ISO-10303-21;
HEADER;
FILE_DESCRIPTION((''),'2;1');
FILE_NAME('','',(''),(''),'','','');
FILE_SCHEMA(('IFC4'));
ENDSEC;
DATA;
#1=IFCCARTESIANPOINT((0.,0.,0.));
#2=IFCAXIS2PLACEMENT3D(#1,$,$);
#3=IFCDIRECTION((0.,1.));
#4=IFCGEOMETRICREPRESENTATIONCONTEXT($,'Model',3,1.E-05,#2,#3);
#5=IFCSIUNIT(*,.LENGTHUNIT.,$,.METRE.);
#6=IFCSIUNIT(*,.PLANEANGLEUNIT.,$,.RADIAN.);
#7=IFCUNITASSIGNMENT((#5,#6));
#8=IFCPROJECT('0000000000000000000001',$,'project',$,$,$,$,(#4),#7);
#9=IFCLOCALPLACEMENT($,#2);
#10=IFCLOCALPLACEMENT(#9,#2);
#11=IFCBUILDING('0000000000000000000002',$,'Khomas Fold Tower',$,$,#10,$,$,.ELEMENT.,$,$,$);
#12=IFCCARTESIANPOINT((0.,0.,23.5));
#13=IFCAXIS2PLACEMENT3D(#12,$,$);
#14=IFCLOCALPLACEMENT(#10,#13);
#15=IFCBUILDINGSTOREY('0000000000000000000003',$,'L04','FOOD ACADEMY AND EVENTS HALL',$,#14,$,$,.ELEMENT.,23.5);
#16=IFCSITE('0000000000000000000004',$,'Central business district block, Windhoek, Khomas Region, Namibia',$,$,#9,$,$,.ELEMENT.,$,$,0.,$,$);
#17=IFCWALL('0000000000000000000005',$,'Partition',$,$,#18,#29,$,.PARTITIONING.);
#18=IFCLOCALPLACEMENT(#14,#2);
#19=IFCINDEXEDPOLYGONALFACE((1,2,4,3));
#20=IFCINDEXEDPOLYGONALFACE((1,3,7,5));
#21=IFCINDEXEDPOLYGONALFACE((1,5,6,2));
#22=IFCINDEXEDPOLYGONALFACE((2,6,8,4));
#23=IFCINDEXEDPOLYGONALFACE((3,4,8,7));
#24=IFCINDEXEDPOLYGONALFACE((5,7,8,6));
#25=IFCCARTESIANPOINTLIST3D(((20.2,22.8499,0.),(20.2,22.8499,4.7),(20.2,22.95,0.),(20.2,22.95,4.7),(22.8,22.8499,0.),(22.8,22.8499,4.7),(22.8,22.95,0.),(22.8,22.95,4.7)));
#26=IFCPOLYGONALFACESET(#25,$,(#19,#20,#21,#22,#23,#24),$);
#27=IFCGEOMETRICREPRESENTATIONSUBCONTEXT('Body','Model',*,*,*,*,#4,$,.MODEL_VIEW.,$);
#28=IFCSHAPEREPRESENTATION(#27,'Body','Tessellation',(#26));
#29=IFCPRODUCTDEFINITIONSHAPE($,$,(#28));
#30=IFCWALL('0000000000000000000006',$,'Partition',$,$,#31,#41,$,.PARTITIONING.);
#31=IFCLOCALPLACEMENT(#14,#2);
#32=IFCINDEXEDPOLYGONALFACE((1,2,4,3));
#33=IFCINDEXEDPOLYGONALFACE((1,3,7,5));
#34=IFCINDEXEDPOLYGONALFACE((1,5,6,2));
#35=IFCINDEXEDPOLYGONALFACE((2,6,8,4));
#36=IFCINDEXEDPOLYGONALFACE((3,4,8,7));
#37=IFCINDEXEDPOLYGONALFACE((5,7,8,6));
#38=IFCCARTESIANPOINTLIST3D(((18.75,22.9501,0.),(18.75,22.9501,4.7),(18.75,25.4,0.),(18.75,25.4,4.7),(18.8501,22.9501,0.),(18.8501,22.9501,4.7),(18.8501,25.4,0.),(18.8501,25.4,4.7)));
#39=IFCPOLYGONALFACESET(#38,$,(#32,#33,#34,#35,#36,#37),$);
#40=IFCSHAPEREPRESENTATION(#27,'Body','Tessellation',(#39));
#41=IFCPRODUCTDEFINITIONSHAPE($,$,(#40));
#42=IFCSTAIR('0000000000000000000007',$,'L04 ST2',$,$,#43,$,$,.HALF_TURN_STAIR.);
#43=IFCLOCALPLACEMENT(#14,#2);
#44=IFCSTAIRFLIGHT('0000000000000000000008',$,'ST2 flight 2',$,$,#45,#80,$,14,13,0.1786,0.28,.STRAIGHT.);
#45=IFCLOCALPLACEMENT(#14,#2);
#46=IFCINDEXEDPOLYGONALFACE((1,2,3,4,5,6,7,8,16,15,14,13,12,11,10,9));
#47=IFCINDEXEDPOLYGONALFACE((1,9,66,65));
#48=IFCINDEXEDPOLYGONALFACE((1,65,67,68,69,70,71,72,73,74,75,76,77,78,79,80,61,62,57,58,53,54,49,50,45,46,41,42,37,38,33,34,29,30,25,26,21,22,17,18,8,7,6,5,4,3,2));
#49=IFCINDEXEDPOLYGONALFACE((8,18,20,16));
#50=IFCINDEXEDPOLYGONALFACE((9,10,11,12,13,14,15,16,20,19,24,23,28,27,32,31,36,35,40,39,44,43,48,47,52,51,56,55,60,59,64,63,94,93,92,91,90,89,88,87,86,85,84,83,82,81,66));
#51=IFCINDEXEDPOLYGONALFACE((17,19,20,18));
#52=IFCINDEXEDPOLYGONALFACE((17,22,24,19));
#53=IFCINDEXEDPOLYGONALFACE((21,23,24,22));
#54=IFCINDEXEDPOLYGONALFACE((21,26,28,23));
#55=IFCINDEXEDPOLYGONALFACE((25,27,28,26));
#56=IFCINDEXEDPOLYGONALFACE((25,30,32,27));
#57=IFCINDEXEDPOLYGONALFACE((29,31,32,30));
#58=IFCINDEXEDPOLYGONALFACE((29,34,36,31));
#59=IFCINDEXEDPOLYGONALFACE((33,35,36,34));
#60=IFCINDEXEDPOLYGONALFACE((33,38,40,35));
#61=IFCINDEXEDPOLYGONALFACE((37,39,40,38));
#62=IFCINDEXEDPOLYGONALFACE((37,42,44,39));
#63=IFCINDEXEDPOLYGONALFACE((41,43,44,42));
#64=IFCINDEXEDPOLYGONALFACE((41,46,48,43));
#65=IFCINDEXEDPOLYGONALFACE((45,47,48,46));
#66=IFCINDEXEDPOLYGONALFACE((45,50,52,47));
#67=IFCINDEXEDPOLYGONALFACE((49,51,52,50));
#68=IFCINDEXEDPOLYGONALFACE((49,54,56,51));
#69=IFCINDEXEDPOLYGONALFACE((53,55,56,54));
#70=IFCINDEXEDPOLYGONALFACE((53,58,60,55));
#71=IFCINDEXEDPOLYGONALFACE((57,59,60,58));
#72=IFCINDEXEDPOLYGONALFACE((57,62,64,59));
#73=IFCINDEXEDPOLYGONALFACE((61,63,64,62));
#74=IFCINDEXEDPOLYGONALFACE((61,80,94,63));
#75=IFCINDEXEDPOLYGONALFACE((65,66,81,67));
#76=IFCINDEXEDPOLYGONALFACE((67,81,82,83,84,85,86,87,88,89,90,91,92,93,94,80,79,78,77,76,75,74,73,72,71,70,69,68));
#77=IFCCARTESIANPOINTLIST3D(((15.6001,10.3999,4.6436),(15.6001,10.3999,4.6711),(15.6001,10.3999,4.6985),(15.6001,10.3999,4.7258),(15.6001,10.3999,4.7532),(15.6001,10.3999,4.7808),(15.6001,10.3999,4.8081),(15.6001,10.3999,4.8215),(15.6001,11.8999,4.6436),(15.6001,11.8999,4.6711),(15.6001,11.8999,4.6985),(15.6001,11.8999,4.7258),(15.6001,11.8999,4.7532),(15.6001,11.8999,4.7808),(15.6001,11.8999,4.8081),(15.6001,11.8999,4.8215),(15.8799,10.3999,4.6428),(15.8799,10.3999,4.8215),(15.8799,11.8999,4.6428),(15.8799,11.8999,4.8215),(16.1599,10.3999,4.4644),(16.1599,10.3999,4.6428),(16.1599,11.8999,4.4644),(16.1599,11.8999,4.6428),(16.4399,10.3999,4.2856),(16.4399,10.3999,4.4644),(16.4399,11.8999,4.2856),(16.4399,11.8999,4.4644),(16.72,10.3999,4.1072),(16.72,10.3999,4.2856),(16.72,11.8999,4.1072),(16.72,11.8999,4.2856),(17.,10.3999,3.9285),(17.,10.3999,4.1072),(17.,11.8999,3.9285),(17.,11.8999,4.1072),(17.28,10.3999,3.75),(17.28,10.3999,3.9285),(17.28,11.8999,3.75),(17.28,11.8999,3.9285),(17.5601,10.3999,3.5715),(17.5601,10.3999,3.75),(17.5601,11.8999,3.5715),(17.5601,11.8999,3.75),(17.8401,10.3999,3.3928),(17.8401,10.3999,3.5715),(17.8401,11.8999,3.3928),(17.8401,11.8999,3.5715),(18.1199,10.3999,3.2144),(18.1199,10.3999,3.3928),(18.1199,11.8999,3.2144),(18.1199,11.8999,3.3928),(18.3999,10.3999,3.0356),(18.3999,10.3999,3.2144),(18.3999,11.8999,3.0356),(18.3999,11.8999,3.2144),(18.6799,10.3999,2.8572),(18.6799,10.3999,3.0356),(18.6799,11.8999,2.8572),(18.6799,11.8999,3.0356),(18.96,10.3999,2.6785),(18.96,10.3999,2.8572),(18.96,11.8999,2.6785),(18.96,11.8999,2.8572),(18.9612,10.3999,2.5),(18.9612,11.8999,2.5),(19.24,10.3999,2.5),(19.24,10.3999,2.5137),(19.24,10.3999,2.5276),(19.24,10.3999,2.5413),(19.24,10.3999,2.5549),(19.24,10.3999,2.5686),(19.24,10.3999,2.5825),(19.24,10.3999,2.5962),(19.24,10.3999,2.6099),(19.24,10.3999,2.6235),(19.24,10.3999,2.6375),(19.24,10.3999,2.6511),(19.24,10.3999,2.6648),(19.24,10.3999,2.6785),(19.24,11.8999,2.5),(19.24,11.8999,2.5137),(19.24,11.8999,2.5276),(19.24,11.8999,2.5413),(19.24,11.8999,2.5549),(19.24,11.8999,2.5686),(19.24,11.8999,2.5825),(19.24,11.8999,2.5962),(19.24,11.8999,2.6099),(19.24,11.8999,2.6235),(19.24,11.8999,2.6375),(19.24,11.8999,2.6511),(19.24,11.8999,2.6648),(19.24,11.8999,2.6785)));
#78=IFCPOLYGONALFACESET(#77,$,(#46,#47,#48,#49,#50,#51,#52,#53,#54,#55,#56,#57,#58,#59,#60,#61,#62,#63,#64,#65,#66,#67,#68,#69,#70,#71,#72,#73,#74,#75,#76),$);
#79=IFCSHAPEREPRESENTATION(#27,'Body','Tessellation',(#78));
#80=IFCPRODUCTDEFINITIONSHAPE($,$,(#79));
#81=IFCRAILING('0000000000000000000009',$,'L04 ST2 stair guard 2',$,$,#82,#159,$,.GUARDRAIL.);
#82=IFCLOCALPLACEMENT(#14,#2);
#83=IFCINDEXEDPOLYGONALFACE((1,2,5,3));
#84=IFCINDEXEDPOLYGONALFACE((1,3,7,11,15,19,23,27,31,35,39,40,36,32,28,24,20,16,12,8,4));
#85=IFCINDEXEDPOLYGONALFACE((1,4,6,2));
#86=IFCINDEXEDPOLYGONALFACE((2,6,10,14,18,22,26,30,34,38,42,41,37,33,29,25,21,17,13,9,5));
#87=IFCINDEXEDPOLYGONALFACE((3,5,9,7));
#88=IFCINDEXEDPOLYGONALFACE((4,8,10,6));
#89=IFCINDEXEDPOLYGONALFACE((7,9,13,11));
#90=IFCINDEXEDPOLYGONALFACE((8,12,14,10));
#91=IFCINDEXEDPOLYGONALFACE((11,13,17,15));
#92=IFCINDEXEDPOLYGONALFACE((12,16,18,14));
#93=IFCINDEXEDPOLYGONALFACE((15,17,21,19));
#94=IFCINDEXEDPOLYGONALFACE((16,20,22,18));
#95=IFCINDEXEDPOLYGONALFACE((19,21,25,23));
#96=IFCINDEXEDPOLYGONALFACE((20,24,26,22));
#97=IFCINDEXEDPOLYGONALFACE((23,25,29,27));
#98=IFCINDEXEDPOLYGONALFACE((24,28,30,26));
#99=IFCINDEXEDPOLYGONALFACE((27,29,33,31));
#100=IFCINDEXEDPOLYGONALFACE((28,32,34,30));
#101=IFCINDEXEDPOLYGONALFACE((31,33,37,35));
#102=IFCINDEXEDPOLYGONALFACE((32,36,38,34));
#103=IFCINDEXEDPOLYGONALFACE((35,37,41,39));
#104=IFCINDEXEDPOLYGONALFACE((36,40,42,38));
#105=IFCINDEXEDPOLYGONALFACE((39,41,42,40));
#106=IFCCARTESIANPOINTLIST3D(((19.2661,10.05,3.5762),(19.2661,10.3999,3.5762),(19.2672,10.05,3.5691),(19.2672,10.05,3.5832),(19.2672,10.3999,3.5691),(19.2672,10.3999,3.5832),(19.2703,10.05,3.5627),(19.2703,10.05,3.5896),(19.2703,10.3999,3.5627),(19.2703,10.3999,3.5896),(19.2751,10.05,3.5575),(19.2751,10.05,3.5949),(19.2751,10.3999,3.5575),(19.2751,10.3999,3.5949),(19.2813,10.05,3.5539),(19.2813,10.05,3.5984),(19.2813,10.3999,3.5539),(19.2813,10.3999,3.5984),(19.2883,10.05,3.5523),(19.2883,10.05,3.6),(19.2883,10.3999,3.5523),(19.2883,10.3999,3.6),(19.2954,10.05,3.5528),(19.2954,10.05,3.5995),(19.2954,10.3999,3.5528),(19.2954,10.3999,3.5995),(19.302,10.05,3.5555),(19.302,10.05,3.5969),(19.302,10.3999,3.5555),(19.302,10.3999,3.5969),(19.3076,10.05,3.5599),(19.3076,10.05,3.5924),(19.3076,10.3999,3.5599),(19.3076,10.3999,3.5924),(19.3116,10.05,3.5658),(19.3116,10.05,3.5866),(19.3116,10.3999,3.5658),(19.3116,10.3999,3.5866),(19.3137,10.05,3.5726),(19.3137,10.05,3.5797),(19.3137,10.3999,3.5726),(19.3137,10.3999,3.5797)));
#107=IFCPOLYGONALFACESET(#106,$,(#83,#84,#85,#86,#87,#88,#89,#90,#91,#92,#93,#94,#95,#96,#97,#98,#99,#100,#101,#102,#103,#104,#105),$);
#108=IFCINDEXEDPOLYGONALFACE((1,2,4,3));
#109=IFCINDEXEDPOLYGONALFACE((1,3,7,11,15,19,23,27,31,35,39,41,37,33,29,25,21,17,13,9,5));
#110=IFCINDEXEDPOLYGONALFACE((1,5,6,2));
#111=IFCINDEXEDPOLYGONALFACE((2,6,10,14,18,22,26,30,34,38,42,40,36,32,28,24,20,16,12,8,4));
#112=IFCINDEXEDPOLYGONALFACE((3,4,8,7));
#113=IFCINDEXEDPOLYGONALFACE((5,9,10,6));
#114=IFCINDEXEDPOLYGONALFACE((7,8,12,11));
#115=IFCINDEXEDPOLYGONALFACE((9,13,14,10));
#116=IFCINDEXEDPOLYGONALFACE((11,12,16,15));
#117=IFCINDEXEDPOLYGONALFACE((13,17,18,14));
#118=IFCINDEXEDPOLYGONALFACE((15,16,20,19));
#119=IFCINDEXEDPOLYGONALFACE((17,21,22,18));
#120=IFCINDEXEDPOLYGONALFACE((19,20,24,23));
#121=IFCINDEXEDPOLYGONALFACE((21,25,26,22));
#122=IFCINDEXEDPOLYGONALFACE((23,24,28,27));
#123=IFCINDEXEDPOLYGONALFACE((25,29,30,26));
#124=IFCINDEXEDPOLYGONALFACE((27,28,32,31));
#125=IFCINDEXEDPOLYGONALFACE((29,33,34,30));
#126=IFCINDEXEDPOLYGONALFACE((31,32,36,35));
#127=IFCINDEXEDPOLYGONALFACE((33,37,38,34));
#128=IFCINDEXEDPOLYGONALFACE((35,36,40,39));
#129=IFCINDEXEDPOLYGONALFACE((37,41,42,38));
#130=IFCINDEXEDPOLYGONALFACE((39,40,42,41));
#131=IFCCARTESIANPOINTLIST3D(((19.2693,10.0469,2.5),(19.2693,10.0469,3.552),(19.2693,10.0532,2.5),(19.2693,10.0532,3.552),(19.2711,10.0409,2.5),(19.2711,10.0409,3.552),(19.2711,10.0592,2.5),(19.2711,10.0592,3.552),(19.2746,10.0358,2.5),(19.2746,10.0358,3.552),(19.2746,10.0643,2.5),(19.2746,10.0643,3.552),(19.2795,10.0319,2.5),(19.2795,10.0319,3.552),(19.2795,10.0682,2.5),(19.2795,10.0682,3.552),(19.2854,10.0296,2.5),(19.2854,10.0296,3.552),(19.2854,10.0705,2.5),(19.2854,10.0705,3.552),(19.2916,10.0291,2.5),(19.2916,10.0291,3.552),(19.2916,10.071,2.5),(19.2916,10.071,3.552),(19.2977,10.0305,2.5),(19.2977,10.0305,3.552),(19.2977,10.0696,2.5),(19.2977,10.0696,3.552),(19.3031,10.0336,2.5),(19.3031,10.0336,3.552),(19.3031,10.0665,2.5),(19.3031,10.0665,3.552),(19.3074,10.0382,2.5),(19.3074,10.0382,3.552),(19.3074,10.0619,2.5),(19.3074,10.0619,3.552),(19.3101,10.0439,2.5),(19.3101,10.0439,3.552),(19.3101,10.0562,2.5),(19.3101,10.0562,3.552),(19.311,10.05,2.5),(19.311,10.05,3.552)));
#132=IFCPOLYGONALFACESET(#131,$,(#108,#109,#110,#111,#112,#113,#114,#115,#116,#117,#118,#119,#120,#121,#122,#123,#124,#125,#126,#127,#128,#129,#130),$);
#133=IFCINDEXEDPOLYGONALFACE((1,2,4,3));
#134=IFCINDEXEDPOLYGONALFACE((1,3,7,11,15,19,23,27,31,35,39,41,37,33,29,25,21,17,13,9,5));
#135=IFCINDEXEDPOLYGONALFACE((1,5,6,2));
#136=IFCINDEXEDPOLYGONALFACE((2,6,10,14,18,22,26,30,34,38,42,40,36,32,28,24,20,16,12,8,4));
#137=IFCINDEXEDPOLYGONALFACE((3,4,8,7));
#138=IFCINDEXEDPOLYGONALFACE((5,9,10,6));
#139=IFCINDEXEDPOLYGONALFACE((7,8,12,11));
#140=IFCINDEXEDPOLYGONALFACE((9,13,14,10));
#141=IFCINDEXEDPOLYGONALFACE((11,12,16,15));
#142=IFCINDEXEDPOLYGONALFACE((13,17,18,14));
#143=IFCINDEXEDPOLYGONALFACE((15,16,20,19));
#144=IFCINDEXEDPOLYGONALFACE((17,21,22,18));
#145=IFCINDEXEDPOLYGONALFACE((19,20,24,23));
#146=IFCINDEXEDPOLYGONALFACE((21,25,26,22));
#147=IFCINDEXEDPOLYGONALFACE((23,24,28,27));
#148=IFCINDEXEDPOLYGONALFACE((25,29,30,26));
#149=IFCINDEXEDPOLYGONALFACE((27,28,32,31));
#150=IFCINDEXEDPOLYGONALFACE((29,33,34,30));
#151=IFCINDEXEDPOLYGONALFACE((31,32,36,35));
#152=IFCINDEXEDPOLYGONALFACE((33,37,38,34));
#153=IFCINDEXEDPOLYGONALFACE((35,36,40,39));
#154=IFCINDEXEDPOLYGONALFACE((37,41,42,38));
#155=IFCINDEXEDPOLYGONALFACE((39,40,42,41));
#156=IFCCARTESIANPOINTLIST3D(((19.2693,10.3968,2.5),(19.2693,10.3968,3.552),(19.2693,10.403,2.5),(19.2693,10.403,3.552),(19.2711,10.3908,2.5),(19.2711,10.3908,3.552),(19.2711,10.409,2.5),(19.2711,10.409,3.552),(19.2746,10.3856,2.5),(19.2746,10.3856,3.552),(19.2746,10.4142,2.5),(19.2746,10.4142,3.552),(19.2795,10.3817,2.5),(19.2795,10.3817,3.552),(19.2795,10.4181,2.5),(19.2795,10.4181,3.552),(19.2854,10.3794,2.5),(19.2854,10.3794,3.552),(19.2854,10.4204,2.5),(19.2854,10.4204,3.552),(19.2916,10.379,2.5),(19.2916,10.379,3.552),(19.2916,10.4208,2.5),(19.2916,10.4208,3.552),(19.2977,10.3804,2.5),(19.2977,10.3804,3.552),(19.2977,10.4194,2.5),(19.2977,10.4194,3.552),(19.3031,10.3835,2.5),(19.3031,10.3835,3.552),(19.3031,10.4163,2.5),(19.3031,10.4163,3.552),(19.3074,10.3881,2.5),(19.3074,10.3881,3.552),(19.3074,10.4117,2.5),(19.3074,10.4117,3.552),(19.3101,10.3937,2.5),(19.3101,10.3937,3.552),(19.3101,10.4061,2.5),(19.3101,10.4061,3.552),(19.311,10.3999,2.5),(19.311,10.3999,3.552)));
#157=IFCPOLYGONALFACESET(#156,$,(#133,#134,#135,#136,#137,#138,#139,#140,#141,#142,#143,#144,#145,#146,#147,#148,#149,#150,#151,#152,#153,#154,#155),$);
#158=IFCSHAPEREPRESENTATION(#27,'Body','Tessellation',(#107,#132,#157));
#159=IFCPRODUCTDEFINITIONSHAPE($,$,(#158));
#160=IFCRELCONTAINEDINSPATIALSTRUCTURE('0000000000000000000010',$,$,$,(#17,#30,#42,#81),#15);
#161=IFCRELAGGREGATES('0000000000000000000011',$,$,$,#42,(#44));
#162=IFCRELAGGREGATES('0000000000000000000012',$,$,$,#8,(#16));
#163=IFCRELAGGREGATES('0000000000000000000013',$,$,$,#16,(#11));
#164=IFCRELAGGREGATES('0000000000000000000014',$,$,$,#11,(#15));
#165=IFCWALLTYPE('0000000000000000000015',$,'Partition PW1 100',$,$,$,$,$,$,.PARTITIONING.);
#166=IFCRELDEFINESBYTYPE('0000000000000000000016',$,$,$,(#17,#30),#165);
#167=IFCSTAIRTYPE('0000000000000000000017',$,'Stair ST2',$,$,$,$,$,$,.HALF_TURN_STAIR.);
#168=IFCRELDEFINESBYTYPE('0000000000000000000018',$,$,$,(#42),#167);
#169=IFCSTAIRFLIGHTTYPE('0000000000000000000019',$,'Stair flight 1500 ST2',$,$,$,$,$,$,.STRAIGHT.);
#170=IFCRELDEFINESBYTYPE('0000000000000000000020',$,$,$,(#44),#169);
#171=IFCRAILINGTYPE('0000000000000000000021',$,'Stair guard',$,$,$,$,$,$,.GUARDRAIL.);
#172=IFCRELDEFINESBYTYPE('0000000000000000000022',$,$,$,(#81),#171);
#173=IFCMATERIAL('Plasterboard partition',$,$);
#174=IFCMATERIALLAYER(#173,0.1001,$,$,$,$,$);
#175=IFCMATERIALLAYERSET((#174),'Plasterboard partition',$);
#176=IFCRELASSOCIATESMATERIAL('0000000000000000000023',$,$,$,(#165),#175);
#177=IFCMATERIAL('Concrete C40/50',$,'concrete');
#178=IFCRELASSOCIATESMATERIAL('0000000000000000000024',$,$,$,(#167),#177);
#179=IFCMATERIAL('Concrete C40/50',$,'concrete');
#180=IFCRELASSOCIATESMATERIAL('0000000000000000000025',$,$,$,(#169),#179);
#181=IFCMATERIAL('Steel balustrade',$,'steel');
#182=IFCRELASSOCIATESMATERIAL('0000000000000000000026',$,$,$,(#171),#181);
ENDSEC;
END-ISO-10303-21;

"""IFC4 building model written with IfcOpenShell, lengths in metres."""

from ifc_helpers import new_model, si_unit, direction, frame, frame_2d, origin, origin_2d, place, context, subcontext, project, spatial, polyline, rectangle, circle, outline, extrude, source, transform, mapped, material, layer, layer_set, type_object, element, aggregate, save


model = new_model("IFC4")

# Units and contexts
model_context = context("Model", 3, precision=1e-05, world=origin(), true_north=direction((0.0, 1.0)))
body_context = subcontext(model_context, "Body", "Model", "MODEL_VIEW")
ifc_project = project(units=[si_unit("LENGTHUNIT", "METRE"), si_unit("PLANEANGLEUNIT", "RADIAN")], contexts=[model_context])

# Site, building, storey
site_placement = place(None, origin())
site = spatial("IfcSite", under=ifc_project, at=site_placement, Name="Central business district block, Windhoek, Khomas Region, Namibia", CompositionType="ELEMENT", RefElevation=0.0)
building_placement = place(site_placement, origin())
building = spatial("IfcBuilding", under=site, at=building_placement, Name="Khomas Fold Tower", CompositionType="ELEMENT")
storey_placement = place(building_placement, frame((0.0, 0.0, 23.5)))
storey = spatial("IfcBuildingStorey", under=building, at=storey_placement, Name="L04", Description="FOOD ACADEMY AND EVENTS HALL", CompositionType="ELEMENT", Elevation=23.5)

# Walls
ifc_material_1 = material(Name="Plasterboard partition")
ifc_layer_1 = layer(ifc_material_1, 0.1001)
ifc_layer_set_1 = layer_set([ifc_layer_1], Name="Plasterboard partition")
wall_type_1 = type_object("IfcWallType", Name="Partition PW1 100", PredefinedType="PARTITIONING", material=ifc_layer_set_1)
shared_shape_1 = source(origin(), body_context, "Body", "SweptSolid", [
    extrude(rectangle(XDim=2.6001, YDim=0.1001, at=frame_2d((1.3, 0.0))), origin(), (0.0, 0.0, 1.0), 4.7),
])
wall_1_placement = place(storey_placement, frame((20.2, 22.8999, 0.0), z_axis=(0.0, 0.0, 1.0), x_axis=(1.0, 0.0, 0.0)))
element("IfcWall", 1, at=wall_1_placement, inside=storey, type_object=wall_type_1, Name="Partition", PredefinedType="PARTITIONING", context=body_context, shape_type="MappedRepresentation", body=[
    mapped(shared_shape_1, transform((0.0, 0.0, 0.0))),
])
shared_shape_2 = source(origin(), body_context, "Body", "SweptSolid", [
    extrude(rectangle(XDim=2.45, YDim=0.1001, at=frame_2d((1.2251, 0.0))), origin(), (0.0, 0.0, 1.0), 4.7),
])
wall_2_placement = place(storey_placement, frame((18.8, 22.95, 0.0), z_axis=(0.0, 0.0, 1.0), x_axis=(0.0, 1.0, 0.0)))
element("IfcWall", 2, at=wall_2_placement, inside=storey, type_object=wall_type_1, Name="Partition", PredefinedType="PARTITIONING", context=body_context, shape_type="MappedRepresentation", body=[
    mapped(shared_shape_2, transform((0.0, 0.0, 0.0))),
])

# Stair, stair flight
ifc_material_2 = material(Name="Concrete C40/50", Category="concrete")
stair_type = type_object("IfcStairType", Name="Stair ST2", PredefinedType="HALF_TURN_STAIR", material=ifc_material_2)
stair_placement = place(storey_placement, origin())
stair = element("IfcStair", 3, at=stair_placement, inside=storey, type_object=stair_type, Name="L04 ST2", PredefinedType="HALF_TURN_STAIR")
ifc_material_3 = material(Name="Concrete C40/50", Category="concrete")
stair_flight_type = type_object("IfcStairFlightType", Name="Stair flight 1500 ST2", PredefinedType="STRAIGHT", material=ifc_material_3)
shared_shape_3 = source(origin(), body_context, "Body", "SweptSolid", [
    extrude(outline(polyline([(0.0, 0.0), (0.0, 0.0137), (0.0, 0.0276), (0.0, 0.0413), (0.0, 0.0549), (0.0, 0.0686), (0.0, 0.0825), (0.0, 0.0962), (0.0, 0.1099), (0.0, 0.1235), (0.0, 0.1375), (0.0, 0.1511), (0.0, 0.1648), (0.0, 0.1785), (0.28, 0.1785), (0.28, 0.3572), (0.5601, 0.3572), (0.5601, 0.5356), (0.8401, 0.5356), (0.8401, 0.7144), (1.1201, 0.7144), (1.1201, 0.8928), (1.3999, 0.8928), (1.3999, 1.0715), (1.6799, 1.0715), (1.6799, 1.25), (1.96, 1.25), (1.96, 1.4285), (2.24, 1.4285), (2.24, 1.6072), (2.52, 1.6072), (2.52, 1.7856), (2.8, 1.7856), (2.8, 1.9644), (3.0801, 1.9644), (3.0801, 2.1428), (3.3601, 2.1428), (3.3601, 2.3215), (3.6399, 2.3215), (3.6399, 2.5), (3.6399, 2.4727), (3.6399, 2.4451), (3.6399, 2.4177), (3.6399, 2.3904), (3.6399, 2.363), (3.6399, 2.3354), (3.6399, 2.3081), (3.6399, 2.2808), (3.6399, 2.2532), (3.6399, 2.2258), (3.6399, 2.1985), (3.6399, 2.1711), (3.6399, 2.1436), (0.2788, 0.0), (0.0, 0.0)])), frame((0.0, 0.75, 0.0), z_axis=(0.0, -1.0, 0.0), x_axis=(1.0, 0.0, 0.0)), (0.0, 0.0, 1.0), 1.5),
])
stair_flight_placement = place(storey_placement, frame((19.24, 11.1499, 2.5), z_axis=(0.0, 0.0, 1.0), x_axis=(-1.0, 0.0, 0.0)))
stair_flight = element("IfcStairFlight", 4, at=stair_flight_placement, type_object=stair_flight_type, Name="ST2 flight 2", NumberOfRisers=14, NumberOfTreads=13, PredefinedType="STRAIGHT", RiserHeight=0.1786, TreadLength=0.28, context=body_context, shape_type="MappedRepresentation", body=[
    mapped(shared_shape_3, transform((0.0, 0.0, 0.0))),
])
aggregate(stair, [stair_flight])

# Railing
ifc_material_4 = material(Name="Steel balustrade", Category="steel")
railing_type_1 = type_object("IfcRailingType", Name="Stair guard", PredefinedType="GUARDRAIL", material=ifc_material_4)
shared_shape_4 = source(origin(), body_context, "Body", "SweptSolid", [
    extrude(circle(Radius=0.0239, at=origin_2d()), frame((0.0, 0.0, 1.0762), z_axis=(0.0, 1.0, 0.0), x_axis=(-1.0, 0.0, 0.0)), (0.0, 0.0, 1.0), 0.3499),
    extrude(circle(Radius=0.021, at=origin_2d()), origin(), (0.0, 0.0, 1.0), 1.052),
    extrude(circle(Radius=0.021, at=origin_2d()), frame((0.0, 0.3499, 0.0)), (0.0, 0.0, 1.0), 1.052),
])
railing_1_placement = place(storey_placement, frame((19.29, 10.05, 2.5)))
element("IfcRailing", 5, at=railing_1_placement, inside=storey, type_object=railing_type_1, Name="L04 ST2 stair guard 2", PredefinedType="GUARDRAIL", context=body_context, shape_type="MappedRepresentation", body=[
    mapped(shared_shape_4, transform((0.0, 0.0, 0.0))),
])

save(model, "model.ifc")
